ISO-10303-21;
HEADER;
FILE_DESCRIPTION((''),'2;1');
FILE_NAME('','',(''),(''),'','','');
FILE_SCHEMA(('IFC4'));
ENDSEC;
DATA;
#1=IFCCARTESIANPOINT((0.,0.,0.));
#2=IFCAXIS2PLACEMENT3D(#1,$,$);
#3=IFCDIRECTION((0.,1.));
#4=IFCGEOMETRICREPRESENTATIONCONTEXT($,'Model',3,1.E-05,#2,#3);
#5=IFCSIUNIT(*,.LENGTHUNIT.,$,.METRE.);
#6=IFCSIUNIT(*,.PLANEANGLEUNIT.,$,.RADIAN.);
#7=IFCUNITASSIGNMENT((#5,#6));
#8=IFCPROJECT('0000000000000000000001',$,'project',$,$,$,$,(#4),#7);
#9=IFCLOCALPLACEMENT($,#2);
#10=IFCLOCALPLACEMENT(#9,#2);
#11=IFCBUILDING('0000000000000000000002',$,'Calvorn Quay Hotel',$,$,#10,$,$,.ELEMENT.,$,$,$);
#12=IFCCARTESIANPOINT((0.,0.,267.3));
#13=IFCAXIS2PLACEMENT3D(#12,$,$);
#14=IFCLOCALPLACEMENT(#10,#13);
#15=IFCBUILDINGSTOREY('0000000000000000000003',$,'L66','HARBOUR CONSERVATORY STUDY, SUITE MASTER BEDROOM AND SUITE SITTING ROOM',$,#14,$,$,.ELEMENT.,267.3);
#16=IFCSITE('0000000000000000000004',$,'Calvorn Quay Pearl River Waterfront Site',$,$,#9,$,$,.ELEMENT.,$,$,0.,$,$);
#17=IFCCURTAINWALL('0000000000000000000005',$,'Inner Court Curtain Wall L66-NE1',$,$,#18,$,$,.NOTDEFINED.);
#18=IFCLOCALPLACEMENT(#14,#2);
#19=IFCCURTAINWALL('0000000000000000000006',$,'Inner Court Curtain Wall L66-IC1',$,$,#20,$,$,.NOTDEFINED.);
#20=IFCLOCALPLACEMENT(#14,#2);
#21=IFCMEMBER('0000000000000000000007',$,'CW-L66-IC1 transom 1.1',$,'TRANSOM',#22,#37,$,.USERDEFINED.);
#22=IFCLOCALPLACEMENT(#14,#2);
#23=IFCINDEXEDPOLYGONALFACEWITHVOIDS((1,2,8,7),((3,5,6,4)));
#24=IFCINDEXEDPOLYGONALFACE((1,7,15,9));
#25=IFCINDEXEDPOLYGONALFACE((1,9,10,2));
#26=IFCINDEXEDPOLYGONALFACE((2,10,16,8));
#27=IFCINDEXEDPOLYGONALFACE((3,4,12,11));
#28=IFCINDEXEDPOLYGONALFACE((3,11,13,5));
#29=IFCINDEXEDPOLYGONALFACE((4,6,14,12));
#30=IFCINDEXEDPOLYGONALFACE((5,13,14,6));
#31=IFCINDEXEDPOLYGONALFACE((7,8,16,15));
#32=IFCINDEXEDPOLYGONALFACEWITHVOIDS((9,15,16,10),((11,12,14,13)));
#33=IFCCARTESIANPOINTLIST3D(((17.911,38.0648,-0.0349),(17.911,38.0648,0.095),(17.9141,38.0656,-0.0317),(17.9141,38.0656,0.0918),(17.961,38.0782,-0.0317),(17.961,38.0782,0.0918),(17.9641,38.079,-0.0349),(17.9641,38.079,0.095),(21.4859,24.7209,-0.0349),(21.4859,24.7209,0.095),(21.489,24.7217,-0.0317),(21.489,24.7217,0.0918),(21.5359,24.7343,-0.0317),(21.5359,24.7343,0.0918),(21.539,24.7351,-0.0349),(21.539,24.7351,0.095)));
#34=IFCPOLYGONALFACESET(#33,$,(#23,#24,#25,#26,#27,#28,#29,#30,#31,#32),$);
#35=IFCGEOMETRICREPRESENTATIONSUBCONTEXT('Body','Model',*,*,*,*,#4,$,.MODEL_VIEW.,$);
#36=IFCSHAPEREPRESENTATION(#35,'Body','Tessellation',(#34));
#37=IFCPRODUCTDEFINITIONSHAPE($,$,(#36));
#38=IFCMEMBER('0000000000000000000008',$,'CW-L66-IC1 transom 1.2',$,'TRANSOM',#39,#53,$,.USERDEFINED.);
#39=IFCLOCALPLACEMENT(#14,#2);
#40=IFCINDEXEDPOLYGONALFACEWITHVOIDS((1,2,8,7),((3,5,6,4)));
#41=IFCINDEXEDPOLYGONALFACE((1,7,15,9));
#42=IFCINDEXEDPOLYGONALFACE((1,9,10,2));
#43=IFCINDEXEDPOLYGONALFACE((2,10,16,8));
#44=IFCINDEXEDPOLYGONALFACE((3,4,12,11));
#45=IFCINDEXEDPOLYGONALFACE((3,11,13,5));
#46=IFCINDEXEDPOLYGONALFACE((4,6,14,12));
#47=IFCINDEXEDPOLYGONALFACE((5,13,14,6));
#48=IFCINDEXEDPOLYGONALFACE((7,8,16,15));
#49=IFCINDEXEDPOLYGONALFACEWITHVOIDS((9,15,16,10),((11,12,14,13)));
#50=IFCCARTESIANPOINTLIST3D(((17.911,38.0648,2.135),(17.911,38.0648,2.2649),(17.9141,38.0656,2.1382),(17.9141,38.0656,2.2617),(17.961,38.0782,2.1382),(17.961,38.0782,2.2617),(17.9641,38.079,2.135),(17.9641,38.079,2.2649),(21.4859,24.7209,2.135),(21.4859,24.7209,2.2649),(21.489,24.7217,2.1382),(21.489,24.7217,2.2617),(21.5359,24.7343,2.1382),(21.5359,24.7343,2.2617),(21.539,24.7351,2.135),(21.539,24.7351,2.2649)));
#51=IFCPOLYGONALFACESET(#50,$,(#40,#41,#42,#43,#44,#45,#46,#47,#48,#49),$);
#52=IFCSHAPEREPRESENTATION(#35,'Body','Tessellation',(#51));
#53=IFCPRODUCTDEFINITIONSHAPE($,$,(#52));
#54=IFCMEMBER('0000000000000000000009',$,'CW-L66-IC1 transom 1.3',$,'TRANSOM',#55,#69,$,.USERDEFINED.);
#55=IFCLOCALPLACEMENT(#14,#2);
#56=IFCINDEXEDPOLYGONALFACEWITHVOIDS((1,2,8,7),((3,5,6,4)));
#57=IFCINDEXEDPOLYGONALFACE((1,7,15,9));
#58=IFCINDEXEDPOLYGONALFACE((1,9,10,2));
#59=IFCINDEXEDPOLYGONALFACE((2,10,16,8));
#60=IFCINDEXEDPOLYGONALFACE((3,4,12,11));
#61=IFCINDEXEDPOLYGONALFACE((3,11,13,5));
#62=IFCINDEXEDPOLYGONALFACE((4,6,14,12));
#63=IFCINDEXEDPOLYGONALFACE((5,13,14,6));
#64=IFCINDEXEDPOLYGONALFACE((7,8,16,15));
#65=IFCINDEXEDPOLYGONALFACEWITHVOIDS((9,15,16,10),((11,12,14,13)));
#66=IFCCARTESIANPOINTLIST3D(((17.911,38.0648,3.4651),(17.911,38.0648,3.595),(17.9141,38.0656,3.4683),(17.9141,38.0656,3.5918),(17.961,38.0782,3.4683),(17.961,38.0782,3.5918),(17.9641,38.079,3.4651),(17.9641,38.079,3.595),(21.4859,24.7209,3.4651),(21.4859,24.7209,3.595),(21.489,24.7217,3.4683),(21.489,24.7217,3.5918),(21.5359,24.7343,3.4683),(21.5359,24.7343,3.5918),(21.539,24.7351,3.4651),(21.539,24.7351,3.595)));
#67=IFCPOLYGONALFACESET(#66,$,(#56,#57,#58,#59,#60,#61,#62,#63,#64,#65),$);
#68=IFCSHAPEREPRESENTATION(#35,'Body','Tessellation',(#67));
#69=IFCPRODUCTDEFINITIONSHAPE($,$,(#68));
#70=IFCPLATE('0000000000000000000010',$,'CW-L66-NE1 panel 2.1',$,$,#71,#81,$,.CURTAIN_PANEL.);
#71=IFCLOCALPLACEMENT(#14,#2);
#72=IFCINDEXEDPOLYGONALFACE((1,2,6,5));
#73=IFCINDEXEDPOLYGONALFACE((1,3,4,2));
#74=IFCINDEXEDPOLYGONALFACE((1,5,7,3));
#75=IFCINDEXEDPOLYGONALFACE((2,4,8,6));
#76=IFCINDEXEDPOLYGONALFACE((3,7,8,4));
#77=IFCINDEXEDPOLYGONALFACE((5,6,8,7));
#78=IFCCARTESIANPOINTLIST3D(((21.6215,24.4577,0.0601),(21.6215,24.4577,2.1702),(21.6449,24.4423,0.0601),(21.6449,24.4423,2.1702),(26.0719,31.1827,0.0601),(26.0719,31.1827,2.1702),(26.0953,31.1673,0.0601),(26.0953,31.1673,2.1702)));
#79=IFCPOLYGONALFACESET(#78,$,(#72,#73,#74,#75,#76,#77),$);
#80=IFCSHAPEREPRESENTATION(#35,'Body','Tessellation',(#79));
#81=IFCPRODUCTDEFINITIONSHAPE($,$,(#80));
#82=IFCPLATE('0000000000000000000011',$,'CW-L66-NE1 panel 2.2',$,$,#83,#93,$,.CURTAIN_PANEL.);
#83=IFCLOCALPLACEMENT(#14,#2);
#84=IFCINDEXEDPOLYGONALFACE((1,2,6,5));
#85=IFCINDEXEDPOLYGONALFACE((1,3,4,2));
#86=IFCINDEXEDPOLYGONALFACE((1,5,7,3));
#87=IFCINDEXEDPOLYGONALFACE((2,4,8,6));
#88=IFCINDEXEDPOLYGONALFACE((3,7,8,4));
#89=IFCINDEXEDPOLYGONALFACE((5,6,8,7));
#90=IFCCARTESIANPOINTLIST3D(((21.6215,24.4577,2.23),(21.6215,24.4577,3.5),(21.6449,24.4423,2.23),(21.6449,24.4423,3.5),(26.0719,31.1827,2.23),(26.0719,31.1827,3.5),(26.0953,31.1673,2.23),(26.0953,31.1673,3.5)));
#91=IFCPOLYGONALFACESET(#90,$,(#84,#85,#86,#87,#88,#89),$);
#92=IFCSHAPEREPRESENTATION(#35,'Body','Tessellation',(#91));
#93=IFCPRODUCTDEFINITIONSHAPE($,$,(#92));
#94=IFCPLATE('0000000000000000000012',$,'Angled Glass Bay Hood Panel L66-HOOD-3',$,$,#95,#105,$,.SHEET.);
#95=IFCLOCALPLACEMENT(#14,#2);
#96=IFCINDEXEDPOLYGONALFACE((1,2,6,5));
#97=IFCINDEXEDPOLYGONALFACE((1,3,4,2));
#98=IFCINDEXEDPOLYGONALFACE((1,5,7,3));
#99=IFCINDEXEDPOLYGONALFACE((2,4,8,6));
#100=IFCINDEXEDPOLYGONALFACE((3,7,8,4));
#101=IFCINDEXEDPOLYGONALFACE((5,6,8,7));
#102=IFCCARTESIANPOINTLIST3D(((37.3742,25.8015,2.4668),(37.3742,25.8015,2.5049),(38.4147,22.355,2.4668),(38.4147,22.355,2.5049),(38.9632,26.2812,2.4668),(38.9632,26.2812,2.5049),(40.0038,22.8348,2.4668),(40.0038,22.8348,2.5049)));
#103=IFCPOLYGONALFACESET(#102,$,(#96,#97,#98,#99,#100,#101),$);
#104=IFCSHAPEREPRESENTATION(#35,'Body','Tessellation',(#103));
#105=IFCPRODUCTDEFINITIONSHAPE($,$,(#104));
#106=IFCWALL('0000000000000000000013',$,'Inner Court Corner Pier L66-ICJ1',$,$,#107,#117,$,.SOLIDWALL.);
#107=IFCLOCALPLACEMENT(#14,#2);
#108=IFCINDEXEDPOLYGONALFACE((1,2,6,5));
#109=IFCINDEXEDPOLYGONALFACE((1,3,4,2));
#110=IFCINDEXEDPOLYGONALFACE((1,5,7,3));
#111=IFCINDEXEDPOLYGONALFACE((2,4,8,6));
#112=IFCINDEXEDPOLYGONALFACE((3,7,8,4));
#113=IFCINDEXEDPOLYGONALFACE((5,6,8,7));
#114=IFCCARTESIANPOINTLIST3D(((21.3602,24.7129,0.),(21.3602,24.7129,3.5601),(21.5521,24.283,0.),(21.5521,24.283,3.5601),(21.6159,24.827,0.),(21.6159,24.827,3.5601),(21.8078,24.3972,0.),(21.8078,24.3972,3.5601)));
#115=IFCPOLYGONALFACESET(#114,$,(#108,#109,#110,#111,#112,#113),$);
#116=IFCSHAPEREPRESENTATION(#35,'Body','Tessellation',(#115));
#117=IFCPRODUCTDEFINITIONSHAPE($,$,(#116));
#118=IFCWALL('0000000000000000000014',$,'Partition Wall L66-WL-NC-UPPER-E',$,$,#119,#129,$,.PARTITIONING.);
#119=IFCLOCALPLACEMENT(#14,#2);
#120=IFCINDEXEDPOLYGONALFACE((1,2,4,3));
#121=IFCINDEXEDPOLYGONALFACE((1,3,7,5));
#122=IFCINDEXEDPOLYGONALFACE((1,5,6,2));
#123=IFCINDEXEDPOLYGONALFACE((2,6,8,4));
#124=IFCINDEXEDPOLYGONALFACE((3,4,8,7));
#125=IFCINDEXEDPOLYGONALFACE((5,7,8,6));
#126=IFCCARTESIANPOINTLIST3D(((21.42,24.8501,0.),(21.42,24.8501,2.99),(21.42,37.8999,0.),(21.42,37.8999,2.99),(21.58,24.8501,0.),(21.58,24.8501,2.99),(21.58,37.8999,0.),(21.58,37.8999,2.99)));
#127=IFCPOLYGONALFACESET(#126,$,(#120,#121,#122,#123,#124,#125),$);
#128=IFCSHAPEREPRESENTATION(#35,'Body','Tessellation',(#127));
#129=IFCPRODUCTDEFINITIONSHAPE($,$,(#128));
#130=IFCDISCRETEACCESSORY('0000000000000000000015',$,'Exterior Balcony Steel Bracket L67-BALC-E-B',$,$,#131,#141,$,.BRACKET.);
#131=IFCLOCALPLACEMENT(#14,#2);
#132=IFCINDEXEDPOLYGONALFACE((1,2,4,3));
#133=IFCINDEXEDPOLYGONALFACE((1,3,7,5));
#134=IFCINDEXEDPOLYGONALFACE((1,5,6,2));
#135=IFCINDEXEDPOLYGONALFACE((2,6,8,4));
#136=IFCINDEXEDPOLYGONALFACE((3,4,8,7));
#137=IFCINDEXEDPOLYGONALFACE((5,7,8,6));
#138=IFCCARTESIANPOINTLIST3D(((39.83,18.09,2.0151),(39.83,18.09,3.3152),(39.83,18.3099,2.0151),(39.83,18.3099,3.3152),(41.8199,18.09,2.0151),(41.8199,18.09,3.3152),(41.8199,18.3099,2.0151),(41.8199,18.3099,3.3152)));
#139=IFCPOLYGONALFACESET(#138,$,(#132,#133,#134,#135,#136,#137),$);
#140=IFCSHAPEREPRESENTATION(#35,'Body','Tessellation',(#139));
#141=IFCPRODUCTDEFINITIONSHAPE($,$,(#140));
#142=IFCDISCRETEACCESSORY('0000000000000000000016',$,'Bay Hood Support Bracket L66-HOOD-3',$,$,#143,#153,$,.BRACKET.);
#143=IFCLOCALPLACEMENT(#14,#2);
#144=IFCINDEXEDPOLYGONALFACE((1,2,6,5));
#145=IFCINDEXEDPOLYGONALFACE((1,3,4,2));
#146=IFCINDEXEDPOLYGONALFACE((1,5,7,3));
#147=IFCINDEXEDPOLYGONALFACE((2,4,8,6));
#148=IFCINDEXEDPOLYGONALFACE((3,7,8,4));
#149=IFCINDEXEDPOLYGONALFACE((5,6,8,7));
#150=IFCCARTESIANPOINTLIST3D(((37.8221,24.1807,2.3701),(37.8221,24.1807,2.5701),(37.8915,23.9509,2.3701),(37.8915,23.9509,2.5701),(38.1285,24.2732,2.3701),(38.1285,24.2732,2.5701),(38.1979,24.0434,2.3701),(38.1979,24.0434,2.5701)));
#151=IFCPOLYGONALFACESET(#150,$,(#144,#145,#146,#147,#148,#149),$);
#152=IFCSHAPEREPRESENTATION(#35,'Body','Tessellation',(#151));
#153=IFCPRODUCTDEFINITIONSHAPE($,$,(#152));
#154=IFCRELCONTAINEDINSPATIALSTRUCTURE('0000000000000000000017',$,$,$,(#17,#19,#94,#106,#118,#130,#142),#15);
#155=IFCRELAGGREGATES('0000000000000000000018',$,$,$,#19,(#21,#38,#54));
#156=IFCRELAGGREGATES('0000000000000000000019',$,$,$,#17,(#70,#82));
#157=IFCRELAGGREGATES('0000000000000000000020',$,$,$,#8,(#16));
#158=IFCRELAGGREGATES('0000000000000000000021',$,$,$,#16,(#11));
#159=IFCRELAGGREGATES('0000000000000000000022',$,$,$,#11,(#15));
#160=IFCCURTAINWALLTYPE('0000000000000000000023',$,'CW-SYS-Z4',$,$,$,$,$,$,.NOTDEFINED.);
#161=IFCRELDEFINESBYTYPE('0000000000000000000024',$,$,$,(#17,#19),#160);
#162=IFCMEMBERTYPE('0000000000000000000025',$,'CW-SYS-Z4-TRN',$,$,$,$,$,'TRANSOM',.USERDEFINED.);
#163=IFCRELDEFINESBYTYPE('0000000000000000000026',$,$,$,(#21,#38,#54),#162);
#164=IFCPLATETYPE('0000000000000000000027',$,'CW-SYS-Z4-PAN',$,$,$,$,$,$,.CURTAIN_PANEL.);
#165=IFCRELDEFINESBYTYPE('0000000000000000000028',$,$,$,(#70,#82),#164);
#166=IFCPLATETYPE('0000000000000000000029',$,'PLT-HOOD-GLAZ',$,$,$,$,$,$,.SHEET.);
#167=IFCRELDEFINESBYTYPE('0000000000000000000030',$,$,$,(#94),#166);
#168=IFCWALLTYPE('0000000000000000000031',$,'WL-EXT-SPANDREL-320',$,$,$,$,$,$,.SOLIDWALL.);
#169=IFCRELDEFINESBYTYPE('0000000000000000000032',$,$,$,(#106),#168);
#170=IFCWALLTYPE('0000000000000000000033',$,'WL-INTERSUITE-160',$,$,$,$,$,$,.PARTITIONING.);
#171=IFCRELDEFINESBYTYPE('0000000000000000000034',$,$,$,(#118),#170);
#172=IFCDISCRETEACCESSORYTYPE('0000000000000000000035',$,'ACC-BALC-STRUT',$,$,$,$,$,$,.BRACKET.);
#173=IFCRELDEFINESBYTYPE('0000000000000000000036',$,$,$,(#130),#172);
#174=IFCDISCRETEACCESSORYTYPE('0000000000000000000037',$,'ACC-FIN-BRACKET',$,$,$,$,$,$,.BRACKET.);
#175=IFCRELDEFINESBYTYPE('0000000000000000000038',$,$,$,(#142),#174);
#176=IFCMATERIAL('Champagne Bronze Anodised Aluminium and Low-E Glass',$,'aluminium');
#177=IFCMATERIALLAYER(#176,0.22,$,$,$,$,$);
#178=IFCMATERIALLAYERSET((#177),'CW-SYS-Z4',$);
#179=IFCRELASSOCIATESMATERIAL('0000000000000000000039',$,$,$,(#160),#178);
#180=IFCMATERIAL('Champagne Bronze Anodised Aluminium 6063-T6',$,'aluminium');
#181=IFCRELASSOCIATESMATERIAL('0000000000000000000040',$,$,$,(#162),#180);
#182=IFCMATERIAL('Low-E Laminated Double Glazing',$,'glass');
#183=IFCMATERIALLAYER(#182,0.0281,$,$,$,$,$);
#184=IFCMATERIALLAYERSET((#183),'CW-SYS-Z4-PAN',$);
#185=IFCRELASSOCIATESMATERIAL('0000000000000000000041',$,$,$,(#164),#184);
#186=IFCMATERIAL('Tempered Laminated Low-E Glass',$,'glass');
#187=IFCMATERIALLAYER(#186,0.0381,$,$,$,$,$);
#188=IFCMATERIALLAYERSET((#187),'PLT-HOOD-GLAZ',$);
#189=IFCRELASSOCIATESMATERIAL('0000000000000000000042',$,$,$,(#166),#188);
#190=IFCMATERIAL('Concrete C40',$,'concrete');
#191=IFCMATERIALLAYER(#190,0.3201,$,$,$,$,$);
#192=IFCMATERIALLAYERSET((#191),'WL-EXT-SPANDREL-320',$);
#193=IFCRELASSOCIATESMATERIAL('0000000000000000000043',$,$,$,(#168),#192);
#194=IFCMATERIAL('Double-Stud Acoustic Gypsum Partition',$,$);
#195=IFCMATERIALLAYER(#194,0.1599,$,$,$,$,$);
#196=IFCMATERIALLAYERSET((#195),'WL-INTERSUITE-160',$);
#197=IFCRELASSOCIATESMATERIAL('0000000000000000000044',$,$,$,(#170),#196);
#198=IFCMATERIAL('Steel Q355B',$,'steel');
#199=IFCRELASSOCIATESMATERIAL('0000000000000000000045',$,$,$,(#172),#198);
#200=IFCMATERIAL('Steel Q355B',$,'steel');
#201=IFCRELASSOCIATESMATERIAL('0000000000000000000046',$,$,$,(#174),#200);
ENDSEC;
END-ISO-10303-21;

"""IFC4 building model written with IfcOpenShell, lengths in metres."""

from ifc_helpers import new_model, si_unit, direction, frame, frame_2d, origin, origin_2d, place, context, subcontext, project, spatial, rectangle, hollow_rectangle, extrude, material, layer, layer_set, material_profile, profile_set, type_object, element, aggregate, save


model = new_model("IFC4")

# Units and contexts
model_context = context("Model", 3, precision=1e-05, world=origin(), true_north=direction((0.0, 1.0)))
body_context = subcontext(model_context, "Body", "Model", "MODEL_VIEW")
ifc_project = project(units=[si_unit("LENGTHUNIT", "METRE"), si_unit("PLANEANGLEUNIT", "RADIAN")], contexts=[model_context])

# Site, building, storey
site_placement = place(None, origin())
site = spatial("IfcSite", under=ifc_project, at=site_placement, Name="Calvorn Quay Pearl River Waterfront Site", CompositionType="ELEMENT", RefElevation=0.0)
building_placement = place(site_placement, origin())
building = spatial("IfcBuilding", under=site, at=building_placement, Name="Calvorn Quay Hotel", CompositionType="ELEMENT")
storey_placement = place(building_placement, frame((0.0, 0.0, 267.3)))
storey = spatial("IfcBuildingStorey", under=building, at=storey_placement, Name="L66", Description="HARBOUR CONSERVATORY STUDY, SUITE MASTER BEDROOM AND SUITE SITTING ROOM", CompositionType="ELEMENT", Elevation=267.3)

# Curtain wall
ifc_material_1 = material(Name="Champagne Bronze Anodised Aluminium and Low-E Glass", Category="aluminium")
ifc_layer_1 = layer(ifc_material_1, 0.22)
ifc_layer_set_1 = layer_set([ifc_layer_1], Name="CW-SYS-Z4")
curtain_wall_type = type_object("IfcCurtainWallType", Name="CW-SYS-Z4", PredefinedType="NOTDEFINED", material=ifc_layer_set_1)
curtain_wall_1_placement = place(storey_placement, origin())
curtain_wall_1 = element("IfcCurtainWall", 1, at=curtain_wall_1_placement, inside=storey, type_object=curtain_wall_type, Name="Inner Court Curtain Wall L66-NE1", PredefinedType="NOTDEFINED")

# Curtain wall
curtain_wall_2_placement = place(storey_placement, origin())
curtain_wall_2 = element("IfcCurtainWall", 2, at=curtain_wall_2_placement, inside=storey, type_object=curtain_wall_type, Name="Inner Court Curtain Wall L66-IC1", PredefinedType="NOTDEFINED")

# Members
ifc_material_2 = material(Name="Champagne Bronze Anodised Aluminium 6063-T6", Category="aluminium")
ifc_material_profile_1 = material_profile(ifc_material_2, hollow_rectangle(XDim=0.0549, YDim=0.1299, WallThickness=0.0032, at=origin_2d()), Name="ALU-T130x55x3.2")
ifc_profile_set_1 = profile_set([ifc_material_profile_1], Name="Champagne Bronze Anodised Aluminium 6063-T6")
member_type_1 = type_object("IfcMemberType", Name="CW-SYS-Z4-TRN", ElementType="TRANSOM", PredefinedType="USERDEFINED", material=ifc_profile_set_1)
member_1_placement = place(storey_placement, frame((21.5125, 24.728, 0.03), z_axis=(-0.258781, 0.965936, 0.0), x_axis=(-0.965936, -0.258781, 0.0)))
member_1 = element("IfcMember", 3, at=member_1_placement, type_object=member_type_1, Name="CW-L66-IC1 transom 1.1", ObjectType="TRANSOM", PredefinedType="USERDEFINED", context=body_context, shape_type="SweptSolid", body=[
    extrude(hollow_rectangle(XDim=0.0549, YDim=0.1299, WallThickness=0.0032, at=origin_2d()), origin(), (0.0, 0.0, 1.0), 13.8145),
])
member_2_placement = place(storey_placement, frame((21.5125, 24.728, 2.2), z_axis=(-0.258781, 0.965936, 0.0), x_axis=(-0.965936, -0.258781, 0.0)))
member_2 = element("IfcMember", 4, at=member_2_placement, type_object=member_type_1, Name="CW-L66-IC1 transom 1.2", ObjectType="TRANSOM", PredefinedType="USERDEFINED", context=body_context, shape_type="SweptSolid", body=[
    extrude(hollow_rectangle(XDim=0.0549, YDim=0.1299, WallThickness=0.0032, at=origin_2d()), origin(), (0.0, 0.0, 1.0), 13.8145),
])
member_3_placement = place(storey_placement, frame((21.5125, 24.728, 3.53), z_axis=(-0.258781, 0.965936, 0.0), x_axis=(-0.965936, -0.258781, 0.0)))
member_3 = element("IfcMember", 5, at=member_3_placement, type_object=member_type_1, Name="CW-L66-IC1 transom 1.3", ObjectType="TRANSOM", PredefinedType="USERDEFINED", context=body_context, shape_type="SweptSolid", body=[
    extrude(hollow_rectangle(XDim=0.0549, YDim=0.1299, WallThickness=0.0032, at=origin_2d()), origin(), (0.0, 0.0, 1.0), 13.8145),
])
aggregate(curtain_wall_2, [member_1, member_2, member_3])

# Plates
ifc_material_3 = material(Name="Low-E Laminated Double Glazing", Category="glass")
ifc_layer_2 = layer(ifc_material_3, 0.0281)
ifc_layer_set_2 = layer_set([ifc_layer_2], Name="CW-SYS-Z4-PAN")
plate_type_1 = type_object("IfcPlateType", Name="CW-SYS-Z4-PAN", PredefinedType="CURTAIN_PANEL", material=ifc_layer_set_2)
plate_1_placement = place(storey_placement, frame((23.8584, 27.8125, 0.0601), z_axis=(0.0, 0.0, 1.0), x_axis=(-0.551867, -0.833932, 0.0)))
plate_1 = element("IfcPlate", 6, at=plate_1_placement, type_object=plate_type_1, Name="CW-L66-NE1 panel 2.1", PredefinedType="CURTAIN_PANEL", context=body_context, shape_type="SweptSolid", body=[
    extrude(rectangle(XDim=8.0642, YDim=0.0281, at=origin_2d()), origin(), (0.0, 0.0, 1.0), 2.1101),
])
plate_2_placement = place(storey_placement, frame((23.8584, 27.8125, 2.23), z_axis=(0.0, 0.0, 1.0), x_axis=(-0.551867, -0.833932, 0.0)))
plate_2 = element("IfcPlate", 7, at=plate_2_placement, type_object=plate_type_1, Name="CW-L66-NE1 panel 2.2", PredefinedType="CURTAIN_PANEL", context=body_context, shape_type="SweptSolid", body=[
    extrude(rectangle(XDim=8.0642, YDim=0.0281, at=origin_2d()), origin(), (0.0, 0.0, 1.0), 1.27),
])
aggregate(curtain_wall_1, [plate_1, plate_2])
ifc_material_4 = material(Name="Tempered Laminated Low-E Glass", Category="glass")
ifc_layer_3 = layer(ifc_material_4, 0.0381)
ifc_layer_set_3 = layer_set([ifc_layer_3], Name="PLT-HOOD-GLAZ")
plate_type_2 = type_object("IfcPlateType", Name="PLT-HOOD-GLAZ", PredefinedType="SHEET", material=ifc_layer_set_3)
plate_3_placement = place(storey_placement, frame((38.689, 24.3181, 2.4668), z_axis=(0.0, 0.0, 1.0), x_axis=(0.957319, 0.289032, 0.0)))
element("IfcPlate", 8, at=plate_3_placement, inside=storey, type_object=plate_type_2, Name="Angled Glass Bay Hood Panel L66-HOOD-3", PredefinedType="SHEET", context=body_context, shape_type="SweptSolid", body=[
    extrude(rectangle(XDim=1.6599, YDim=3.6001, at=origin_2d()), origin(), (0.0, 0.0, 1.0), 0.0381),
])

# Walls
ifc_material_5 = material(Name="Concrete C40", Category="concrete")
ifc_layer_4 = layer(ifc_material_5, 0.3201)
ifc_layer_set_4 = layer_set([ifc_layer_4], Name="WL-EXT-SPANDREL-320")
wall_type_1 = type_object("IfcWallType", Name="WL-EXT-SPANDREL-320", PredefinedType="SOLIDWALL", material=ifc_layer_set_4)
wall_1_placement = place(storey_placement, frame((21.6799, 24.3401, 0.0), z_axis=(0.0, 0.0, 1.0), x_axis=(-0.407581, 0.913169, 0.0)))
element("IfcWall", 9, at=wall_1_placement, inside=storey, type_object=wall_type_1, Name="Inner Court Corner Pier L66-ICJ1", PredefinedType="SOLIDWALL", context=body_context, shape_type="SweptSolid", body=[
    extrude(rectangle(XDim=0.4707, YDim=0.28, at=frame_2d((0.2354, 0.0))), origin(), (0.0, 0.0, 1.0), 3.5601),
])
ifc_material_6 = material(Name="Double-Stud Acoustic Gypsum Partition")
ifc_layer_5 = layer(ifc_material_6, 0.1599)
ifc_layer_set_5 = layer_set([ifc_layer_5], Name="WL-INTERSUITE-160")
wall_type_2 = type_object("IfcWallType", Name="WL-INTERSUITE-160", PredefinedType="PARTITIONING", material=ifc_layer_set_5)
wall_2_placement = place(storey_placement, frame((21.5, 24.8501, 0.0), z_axis=(0.0, 0.0, 1.0), x_axis=(0.0, 1.0, 0.0)))
element("IfcWall", 10, at=wall_2_placement, inside=storey, type_object=wall_type_2, Name="Partition Wall L66-WL-NC-UPPER-E", PredefinedType="PARTITIONING", context=body_context, shape_type="SweptSolid", body=[
    extrude(rectangle(XDim=13.0498, YDim=0.1599, at=frame_2d((6.5249, 0.0))), origin(), (0.0, 0.0, 1.0), 2.99),
])

# Discrete accessories
ifc_material_7 = material(Name="Steel Q355B", Category="steel")
discrete_accessory_type_1 = type_object("IfcDiscreteAccessoryType", Name="ACC-BALC-STRUT", PredefinedType="BRACKET", material=ifc_material_7)
discrete_accessory_1_placement = place(storey_placement, frame((40.825, 18.2, 2.0151), z_axis=(0.0, 0.0, 1.0), x_axis=(1.0, 0.0, 0.0)))
element("IfcDiscreteAccessory", 11, at=discrete_accessory_1_placement, inside=storey, type_object=discrete_accessory_type_1, Name="Exterior Balcony Steel Bracket L67-BALC-E-B", PredefinedType="BRACKET", context=body_context, shape_type="SweptSolid", body=[
    extrude(rectangle(XDim=1.99, YDim=0.22, at=origin_2d()), origin(), (0.0, 0.0, 1.0), 1.3),
])
ifc_material_8 = material(Name="Steel Q355B", Category="steel")
discrete_accessory_type_2 = type_object("IfcDiscreteAccessoryType", Name="ACC-FIN-BRACKET", PredefinedType="BRACKET", material=ifc_material_8)
discrete_accessory_2_placement = place(storey_placement, frame((38.01, 24.1121, 2.3701), z_axis=(0.0, 0.0, 1.0), x_axis=(0.957319, 0.289032, 0.0)))
element("IfcDiscreteAccessory", 12, at=discrete_accessory_2_placement, inside=storey, type_object=discrete_accessory_type_2, Name="Bay Hood Support Bracket L66-HOOD-3", PredefinedType="BRACKET", context=body_context, shape_type="SweptSolid", body=[
    extrude(rectangle(XDim=0.3201, YDim=0.24, at=origin_2d()), origin(), (0.0, 0.0, 1.0), 0.2),
])

save(model, "model.ifc")
